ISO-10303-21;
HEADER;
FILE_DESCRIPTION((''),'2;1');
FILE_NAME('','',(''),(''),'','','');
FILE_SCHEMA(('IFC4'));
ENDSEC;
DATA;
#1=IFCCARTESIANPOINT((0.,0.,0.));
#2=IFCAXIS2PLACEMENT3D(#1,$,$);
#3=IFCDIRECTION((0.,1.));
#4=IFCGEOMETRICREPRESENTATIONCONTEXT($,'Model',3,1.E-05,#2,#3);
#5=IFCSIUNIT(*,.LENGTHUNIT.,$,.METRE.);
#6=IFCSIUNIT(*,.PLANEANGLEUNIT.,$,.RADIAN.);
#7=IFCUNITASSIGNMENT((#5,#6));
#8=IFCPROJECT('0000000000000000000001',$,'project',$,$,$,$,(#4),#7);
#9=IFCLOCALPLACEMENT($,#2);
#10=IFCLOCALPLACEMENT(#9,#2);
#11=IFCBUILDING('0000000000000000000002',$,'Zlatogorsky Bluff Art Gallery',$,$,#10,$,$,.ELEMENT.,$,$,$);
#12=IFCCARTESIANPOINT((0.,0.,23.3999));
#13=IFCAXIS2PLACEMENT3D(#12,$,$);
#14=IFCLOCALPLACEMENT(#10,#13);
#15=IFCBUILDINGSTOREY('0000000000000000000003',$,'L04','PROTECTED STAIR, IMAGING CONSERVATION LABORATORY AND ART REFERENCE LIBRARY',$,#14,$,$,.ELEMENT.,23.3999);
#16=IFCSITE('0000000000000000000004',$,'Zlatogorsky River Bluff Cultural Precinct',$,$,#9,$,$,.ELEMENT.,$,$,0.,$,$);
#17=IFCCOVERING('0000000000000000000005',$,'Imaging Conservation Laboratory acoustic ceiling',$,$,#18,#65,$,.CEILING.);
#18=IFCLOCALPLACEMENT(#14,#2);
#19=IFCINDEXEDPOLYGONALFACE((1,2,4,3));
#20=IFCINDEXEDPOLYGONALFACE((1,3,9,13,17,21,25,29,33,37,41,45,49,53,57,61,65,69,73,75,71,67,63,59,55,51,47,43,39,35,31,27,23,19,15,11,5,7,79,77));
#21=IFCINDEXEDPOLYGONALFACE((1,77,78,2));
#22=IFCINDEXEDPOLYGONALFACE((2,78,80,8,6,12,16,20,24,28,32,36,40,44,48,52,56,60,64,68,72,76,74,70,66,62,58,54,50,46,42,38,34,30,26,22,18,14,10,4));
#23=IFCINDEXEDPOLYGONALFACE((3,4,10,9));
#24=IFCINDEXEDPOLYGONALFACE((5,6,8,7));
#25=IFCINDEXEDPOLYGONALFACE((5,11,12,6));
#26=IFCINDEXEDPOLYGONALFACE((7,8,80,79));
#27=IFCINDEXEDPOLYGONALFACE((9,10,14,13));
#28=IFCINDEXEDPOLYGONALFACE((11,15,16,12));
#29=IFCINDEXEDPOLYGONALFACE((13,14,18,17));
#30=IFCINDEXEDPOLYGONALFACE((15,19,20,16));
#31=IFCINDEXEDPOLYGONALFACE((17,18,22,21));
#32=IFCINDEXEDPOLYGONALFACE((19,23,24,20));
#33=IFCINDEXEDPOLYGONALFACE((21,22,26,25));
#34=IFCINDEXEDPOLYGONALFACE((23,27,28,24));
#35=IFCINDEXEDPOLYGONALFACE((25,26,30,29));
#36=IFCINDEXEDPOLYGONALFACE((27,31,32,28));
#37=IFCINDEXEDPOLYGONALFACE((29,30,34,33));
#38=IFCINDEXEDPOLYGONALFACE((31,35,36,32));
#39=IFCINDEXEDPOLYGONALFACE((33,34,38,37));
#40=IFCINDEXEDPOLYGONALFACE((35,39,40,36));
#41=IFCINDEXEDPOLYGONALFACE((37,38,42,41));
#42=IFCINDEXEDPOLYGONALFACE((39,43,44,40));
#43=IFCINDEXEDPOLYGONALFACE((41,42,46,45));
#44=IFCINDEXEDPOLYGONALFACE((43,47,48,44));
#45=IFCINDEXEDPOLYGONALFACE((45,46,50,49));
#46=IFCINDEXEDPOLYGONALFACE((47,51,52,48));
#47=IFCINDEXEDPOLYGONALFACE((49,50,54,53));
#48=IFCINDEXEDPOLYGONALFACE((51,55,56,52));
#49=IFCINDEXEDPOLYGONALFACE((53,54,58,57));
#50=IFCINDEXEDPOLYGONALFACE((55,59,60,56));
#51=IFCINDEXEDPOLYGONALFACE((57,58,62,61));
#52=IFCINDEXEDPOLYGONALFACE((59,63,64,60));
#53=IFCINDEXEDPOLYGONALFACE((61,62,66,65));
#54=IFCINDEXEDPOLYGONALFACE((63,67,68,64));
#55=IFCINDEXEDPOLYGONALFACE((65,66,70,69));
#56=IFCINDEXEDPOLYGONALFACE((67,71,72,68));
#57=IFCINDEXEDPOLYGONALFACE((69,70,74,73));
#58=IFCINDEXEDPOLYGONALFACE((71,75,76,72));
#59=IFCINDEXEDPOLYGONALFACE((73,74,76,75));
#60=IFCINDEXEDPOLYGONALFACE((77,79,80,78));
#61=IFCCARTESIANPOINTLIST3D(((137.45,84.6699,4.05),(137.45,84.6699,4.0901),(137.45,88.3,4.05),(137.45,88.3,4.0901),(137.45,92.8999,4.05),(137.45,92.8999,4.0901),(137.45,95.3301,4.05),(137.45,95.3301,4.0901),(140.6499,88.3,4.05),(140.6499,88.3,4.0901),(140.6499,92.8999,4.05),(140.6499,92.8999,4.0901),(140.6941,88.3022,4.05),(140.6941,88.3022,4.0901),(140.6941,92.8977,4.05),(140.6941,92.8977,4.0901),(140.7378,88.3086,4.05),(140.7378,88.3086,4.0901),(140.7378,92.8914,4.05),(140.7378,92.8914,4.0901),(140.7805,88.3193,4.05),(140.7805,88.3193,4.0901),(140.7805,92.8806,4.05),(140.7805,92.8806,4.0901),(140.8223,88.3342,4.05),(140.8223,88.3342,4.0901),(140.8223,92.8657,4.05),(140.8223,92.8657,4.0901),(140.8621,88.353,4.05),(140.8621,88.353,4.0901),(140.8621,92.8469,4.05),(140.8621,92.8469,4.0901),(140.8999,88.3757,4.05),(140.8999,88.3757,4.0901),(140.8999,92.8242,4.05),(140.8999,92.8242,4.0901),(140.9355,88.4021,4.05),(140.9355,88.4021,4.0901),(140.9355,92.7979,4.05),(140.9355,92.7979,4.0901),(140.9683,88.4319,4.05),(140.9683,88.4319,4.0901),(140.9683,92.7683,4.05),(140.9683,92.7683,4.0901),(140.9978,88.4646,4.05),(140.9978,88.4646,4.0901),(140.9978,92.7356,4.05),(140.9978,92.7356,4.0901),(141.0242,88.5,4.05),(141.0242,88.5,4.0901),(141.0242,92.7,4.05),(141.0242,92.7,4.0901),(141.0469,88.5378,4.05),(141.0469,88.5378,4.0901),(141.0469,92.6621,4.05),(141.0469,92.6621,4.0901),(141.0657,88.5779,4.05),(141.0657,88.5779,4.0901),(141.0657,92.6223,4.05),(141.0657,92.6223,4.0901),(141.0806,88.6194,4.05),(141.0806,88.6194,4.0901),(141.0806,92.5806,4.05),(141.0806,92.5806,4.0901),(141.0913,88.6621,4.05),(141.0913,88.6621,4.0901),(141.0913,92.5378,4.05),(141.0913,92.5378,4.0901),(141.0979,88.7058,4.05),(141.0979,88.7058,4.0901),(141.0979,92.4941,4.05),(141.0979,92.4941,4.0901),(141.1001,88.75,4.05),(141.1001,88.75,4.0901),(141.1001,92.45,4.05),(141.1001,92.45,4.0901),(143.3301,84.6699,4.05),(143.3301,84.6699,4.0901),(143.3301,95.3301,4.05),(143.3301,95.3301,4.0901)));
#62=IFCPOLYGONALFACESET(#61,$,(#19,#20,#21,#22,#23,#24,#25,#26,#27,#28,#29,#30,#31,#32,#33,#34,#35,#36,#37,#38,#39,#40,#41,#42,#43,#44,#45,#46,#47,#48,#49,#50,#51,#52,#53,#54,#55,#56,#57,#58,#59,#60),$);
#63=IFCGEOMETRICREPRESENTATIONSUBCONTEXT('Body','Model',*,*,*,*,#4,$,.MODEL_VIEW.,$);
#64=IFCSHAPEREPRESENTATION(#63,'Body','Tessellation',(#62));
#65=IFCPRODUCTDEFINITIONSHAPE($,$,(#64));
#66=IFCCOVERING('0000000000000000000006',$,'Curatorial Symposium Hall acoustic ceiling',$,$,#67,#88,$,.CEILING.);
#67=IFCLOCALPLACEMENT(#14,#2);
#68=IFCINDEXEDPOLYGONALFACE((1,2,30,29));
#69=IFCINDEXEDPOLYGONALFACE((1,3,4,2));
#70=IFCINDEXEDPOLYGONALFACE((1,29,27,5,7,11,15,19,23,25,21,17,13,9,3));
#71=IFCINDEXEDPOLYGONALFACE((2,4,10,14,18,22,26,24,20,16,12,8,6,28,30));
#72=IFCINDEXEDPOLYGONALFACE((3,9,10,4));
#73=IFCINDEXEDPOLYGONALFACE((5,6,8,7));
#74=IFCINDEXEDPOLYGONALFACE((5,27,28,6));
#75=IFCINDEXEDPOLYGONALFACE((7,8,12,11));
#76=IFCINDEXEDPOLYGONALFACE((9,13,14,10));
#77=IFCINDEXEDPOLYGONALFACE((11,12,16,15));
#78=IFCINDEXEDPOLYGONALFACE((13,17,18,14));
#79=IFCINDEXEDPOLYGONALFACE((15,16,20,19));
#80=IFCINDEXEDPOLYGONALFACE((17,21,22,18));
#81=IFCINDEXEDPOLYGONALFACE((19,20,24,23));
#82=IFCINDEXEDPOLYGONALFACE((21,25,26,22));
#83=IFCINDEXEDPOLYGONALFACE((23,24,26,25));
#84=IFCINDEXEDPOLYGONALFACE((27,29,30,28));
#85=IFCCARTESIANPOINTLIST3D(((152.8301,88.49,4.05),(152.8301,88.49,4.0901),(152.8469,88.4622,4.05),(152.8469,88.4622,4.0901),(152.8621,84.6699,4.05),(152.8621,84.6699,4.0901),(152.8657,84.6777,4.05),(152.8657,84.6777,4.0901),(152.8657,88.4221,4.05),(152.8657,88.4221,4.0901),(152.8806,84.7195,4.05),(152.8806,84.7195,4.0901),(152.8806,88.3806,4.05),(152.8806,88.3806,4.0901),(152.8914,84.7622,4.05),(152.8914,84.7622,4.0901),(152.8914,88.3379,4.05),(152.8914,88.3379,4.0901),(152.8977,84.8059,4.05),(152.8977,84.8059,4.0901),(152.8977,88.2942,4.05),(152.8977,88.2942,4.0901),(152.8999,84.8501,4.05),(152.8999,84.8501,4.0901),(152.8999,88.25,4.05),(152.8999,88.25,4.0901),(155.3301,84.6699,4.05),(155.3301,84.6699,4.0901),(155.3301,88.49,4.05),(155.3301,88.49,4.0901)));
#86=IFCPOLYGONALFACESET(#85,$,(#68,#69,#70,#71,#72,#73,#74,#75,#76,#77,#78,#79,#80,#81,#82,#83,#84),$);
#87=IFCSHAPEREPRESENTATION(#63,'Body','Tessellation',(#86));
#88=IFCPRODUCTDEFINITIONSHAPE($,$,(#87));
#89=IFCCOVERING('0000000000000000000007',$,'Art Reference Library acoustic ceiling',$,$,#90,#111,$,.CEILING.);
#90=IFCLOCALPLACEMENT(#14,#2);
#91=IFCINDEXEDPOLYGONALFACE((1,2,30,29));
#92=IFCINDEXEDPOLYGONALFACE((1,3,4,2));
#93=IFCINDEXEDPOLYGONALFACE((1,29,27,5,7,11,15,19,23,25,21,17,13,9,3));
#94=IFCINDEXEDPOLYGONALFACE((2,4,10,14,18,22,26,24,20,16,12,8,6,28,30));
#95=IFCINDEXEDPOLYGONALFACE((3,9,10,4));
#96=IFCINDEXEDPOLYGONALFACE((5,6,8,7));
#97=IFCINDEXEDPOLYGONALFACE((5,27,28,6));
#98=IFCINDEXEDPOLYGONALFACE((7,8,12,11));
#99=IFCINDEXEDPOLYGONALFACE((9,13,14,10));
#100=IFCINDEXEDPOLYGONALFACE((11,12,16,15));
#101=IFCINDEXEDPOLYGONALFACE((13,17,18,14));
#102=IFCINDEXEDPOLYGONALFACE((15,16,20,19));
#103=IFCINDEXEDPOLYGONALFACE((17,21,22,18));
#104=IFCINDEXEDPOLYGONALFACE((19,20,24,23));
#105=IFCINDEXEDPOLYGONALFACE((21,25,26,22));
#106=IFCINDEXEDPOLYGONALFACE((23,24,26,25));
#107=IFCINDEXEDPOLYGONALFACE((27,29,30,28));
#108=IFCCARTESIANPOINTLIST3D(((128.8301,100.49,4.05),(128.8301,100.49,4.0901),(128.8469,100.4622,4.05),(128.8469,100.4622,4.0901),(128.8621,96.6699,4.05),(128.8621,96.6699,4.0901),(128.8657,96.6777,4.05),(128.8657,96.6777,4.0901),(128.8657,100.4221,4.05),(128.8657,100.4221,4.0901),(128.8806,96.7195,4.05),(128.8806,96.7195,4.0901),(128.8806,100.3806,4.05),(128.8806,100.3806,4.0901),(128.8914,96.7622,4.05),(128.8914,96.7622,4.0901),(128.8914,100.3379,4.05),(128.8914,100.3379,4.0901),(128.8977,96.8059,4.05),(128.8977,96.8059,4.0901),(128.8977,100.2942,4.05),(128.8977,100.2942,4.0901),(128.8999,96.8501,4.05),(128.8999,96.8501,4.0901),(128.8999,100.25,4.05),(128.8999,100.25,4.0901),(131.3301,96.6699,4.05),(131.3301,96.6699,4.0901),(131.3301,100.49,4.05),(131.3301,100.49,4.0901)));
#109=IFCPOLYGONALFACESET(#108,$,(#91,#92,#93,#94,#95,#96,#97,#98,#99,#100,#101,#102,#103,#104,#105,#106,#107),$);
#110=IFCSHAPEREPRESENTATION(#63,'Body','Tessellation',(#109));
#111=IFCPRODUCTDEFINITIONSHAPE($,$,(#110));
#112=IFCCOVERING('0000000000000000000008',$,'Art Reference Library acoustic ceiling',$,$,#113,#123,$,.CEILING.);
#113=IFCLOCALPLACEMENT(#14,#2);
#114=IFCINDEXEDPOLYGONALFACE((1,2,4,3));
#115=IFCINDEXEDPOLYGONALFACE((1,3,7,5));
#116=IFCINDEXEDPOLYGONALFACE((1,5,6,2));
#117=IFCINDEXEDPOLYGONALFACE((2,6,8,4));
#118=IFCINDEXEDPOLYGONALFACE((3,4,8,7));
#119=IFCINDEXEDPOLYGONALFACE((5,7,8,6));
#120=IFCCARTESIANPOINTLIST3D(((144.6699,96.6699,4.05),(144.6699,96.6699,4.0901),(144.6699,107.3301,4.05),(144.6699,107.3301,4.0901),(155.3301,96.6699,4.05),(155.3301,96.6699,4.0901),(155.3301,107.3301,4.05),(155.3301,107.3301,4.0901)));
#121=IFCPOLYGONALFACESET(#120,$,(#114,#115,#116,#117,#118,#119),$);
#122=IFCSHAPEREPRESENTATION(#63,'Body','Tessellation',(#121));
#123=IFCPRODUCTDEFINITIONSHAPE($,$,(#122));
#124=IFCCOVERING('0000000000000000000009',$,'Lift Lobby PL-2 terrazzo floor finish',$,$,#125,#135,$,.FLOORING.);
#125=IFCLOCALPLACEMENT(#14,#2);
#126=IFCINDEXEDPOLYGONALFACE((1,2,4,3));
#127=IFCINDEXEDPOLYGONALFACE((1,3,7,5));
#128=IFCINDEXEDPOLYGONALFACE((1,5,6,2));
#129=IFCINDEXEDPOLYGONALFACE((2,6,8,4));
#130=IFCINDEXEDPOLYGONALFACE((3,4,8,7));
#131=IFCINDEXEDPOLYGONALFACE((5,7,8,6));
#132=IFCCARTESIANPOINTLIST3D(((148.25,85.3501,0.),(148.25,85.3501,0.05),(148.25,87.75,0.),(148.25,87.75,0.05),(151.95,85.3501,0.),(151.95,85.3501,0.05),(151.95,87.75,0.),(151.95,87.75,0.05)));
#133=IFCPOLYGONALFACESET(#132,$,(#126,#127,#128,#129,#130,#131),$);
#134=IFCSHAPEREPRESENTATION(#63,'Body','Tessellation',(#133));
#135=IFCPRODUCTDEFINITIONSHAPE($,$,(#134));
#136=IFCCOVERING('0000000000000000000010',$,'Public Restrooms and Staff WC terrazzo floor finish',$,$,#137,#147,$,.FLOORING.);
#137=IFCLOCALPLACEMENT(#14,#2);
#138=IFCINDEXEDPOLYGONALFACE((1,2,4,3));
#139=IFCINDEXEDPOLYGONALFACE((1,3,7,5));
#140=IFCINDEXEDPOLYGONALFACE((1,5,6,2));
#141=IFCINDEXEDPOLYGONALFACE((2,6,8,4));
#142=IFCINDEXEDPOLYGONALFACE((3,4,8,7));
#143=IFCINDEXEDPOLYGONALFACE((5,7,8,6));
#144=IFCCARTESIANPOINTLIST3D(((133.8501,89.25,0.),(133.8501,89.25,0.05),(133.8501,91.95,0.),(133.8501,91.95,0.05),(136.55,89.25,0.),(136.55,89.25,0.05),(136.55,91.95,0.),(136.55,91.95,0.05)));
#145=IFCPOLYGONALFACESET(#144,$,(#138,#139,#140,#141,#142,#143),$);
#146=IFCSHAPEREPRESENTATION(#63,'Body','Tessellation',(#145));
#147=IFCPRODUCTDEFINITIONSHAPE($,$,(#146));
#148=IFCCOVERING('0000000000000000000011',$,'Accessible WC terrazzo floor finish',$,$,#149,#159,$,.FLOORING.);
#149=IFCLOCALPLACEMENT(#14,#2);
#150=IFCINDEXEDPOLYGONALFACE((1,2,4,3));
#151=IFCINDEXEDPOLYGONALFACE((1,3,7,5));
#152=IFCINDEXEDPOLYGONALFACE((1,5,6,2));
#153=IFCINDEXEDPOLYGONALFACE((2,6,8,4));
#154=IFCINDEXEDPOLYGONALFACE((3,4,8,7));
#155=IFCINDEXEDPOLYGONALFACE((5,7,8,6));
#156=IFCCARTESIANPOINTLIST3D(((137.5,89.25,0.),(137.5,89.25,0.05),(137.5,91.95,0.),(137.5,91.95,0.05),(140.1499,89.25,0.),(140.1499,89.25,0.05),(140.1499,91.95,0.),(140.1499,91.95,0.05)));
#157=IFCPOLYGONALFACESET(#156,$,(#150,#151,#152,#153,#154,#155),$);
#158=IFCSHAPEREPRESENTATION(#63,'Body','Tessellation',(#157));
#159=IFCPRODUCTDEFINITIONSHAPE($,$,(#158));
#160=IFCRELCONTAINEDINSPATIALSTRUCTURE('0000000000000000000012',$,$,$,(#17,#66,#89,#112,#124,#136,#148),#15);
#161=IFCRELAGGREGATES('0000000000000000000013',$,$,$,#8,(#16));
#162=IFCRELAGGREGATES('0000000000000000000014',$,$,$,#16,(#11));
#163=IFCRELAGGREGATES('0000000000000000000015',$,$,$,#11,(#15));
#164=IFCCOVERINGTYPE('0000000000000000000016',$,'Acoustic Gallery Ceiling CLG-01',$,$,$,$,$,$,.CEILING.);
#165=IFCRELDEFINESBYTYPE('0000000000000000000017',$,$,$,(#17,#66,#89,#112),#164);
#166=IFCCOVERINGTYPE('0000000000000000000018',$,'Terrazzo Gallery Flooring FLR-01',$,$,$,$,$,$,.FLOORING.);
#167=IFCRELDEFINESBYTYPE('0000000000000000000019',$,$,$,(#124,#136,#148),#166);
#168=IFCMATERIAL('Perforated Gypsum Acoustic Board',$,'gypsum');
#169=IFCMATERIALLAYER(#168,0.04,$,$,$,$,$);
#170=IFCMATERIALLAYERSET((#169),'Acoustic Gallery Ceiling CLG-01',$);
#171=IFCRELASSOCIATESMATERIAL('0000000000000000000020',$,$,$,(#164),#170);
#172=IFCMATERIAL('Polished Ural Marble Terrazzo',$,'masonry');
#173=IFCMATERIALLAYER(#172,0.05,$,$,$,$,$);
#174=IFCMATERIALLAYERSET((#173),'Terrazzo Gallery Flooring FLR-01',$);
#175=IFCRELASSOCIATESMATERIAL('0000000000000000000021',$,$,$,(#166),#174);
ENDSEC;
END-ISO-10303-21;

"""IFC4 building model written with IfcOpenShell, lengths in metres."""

from ifc_helpers import new_model, si_unit, direction, frame, origin, place, context, subcontext, project, spatial, polyline, outline, extrude, material, layer, layer_set, type_object, element, save


model = new_model("IFC4")

# Units and contexts
model_context = context("Model", 3, precision=1e-05, world=origin(), true_north=direction((0.0, 1.0)))
body_context = subcontext(model_context, "Body", "Model", "MODEL_VIEW")
ifc_project = project(units=[si_unit("LENGTHUNIT", "METRE"), si_unit("PLANEANGLEUNIT", "RADIAN")], contexts=[model_context])

# Site, building, storey
site_placement = place(None, origin())
site = spatial("IfcSite", under=ifc_project, at=site_placement, Name="Zlatogorsky River Bluff Cultural Precinct", CompositionType="ELEMENT", RefElevation=0.0)
building_placement = place(site_placement, origin())
building = spatial("IfcBuilding", under=site, at=building_placement, Name="Zlatogorsky Bluff Art Gallery", CompositionType="ELEMENT")
storey_placement = place(building_placement, frame((0.0, 0.0, 23.3999)))
storey = spatial("IfcBuildingStorey", under=building, at=storey_placement, Name="L04", Description="PROTECTED STAIR, IMAGING CONSERVATION LABORATORY AND ART REFERENCE LIBRARY", CompositionType="ELEMENT", Elevation=23.3999)

# Coverings
ifc_material_1 = material(Name="Perforated Gypsum Acoustic Board", Category="gypsum")
ifc_layer_1 = layer(ifc_material_1, 0.04)
ifc_layer_set_1 = layer_set([ifc_layer_1], Name="Acoustic Gallery Ceiling CLG-01")
covering_type_1 = type_object("IfcCoveringType", Name="Acoustic Gallery Ceiling CLG-01", PredefinedType="CEILING", material=ifc_layer_set_1)
covering_1_placement = place(storey_placement, frame((0.0, 0.0, 4.05)))
element("IfcCovering", 1, at=covering_1_placement, inside=storey, type_object=covering_type_1, Name="Imaging Conservation Laboratory acoustic ceiling", PredefinedType="CEILING", context=body_context, shape_type="SweptSolid", body=[
    extrude(outline(polyline([(140.6499, 88.3), (140.6941, 88.3022), (140.7378, 88.3086), (140.7805, 88.3193), (140.8223, 88.3342), (140.8621, 88.353), (140.8999, 88.3757), (140.9355, 88.4021), (140.9683, 88.4319), (140.9978, 88.4646), (141.0242, 88.5), (141.0469, 88.5378), (141.0657, 88.5779), (141.0806, 88.6194), (141.0913, 88.6621), (141.0979, 88.7058), (141.1001, 88.75), (141.1001, 92.45), (141.0979, 92.4941), (141.0913, 92.5378), (141.0806, 92.5806), (141.0657, 92.6223), (141.0469, 92.6621), (141.0242, 92.7), (140.9978, 92.7356), (140.9683, 92.7683), (140.9355, 92.7979), (140.8999, 92.8242), (140.8621, 92.8469), (140.8223, 92.8657), (140.7805, 92.8806), (140.7378, 92.8914), (140.6941, 92.8977), (140.6499, 92.8999), (137.45, 92.8999), (137.45, 95.3301), (143.3301, 95.3301), (143.3301, 84.6699), (137.45, 84.6699), (137.45, 88.3), (140.6499, 88.3)])), origin(), (0.0, 0.0, 1.0), 0.04),
])
covering_2_placement = place(storey_placement, frame((0.0, 0.0, 4.05)))
element("IfcCovering", 2, at=covering_2_placement, inside=storey, type_object=covering_type_1, Name="Curatorial Symposium Hall acoustic ceiling", PredefinedType="CEILING", context=body_context, shape_type="SweptSolid", body=[
    extrude(outline(polyline([(155.3301, 88.49), (155.3301, 84.6699), (152.8621, 84.6699), (152.8657, 84.6777), (152.8806, 84.7195), (152.8914, 84.7622), (152.8977, 84.8059), (152.8999, 84.8501), (152.8999, 88.25), (152.8977, 88.2942), (152.8914, 88.3379), (152.8806, 88.3806), (152.8657, 88.4221), (152.8469, 88.4622), (152.8301, 88.49), (155.3301, 88.49)])), origin(), (0.0, 0.0, 1.0), 0.04),
])
covering_3_placement = place(storey_placement, frame((0.0, 0.0, 4.05)))
element("IfcCovering", 3, at=covering_3_placement, inside=storey, type_object=covering_type_1, Name="Art Reference Library acoustic ceiling", PredefinedType="CEILING", context=body_context, shape_type="SweptSolid", body=[
    extrude(outline(polyline([(131.3301, 100.49), (131.3301, 96.6699), (128.8621, 96.6699), (128.8657, 96.6777), (128.8806, 96.7195), (128.8914, 96.7622), (128.8977, 96.8059), (128.8999, 96.8501), (128.8999, 100.25), (128.8977, 100.2942), (128.8914, 100.3379), (128.8806, 100.3806), (128.8657, 100.4221), (128.8469, 100.4622), (128.8301, 100.49), (131.3301, 100.49)])), origin(), (0.0, 0.0, 1.0), 0.04),
])
covering_4_placement = place(storey_placement, frame((0.0, 0.0, 4.05)))
element("IfcCovering", 4, at=covering_4_placement, inside=storey, type_object=covering_type_1, Name="Art Reference Library acoustic ceiling", PredefinedType="CEILING", context=body_context, shape_type="SweptSolid", body=[
    extrude(outline(polyline([(155.3301, 107.3301), (155.3301, 96.6699), (144.6699, 96.6699), (144.6699, 107.3301), (155.3301, 107.3301)])), origin(), (0.0, 0.0, 1.0), 0.04),
])
ifc_material_2 = material(Name="Polished Ural Marble Terrazzo", Category="masonry")
ifc_layer_2 = layer(ifc_material_2, 0.05)
ifc_layer_set_2 = layer_set([ifc_layer_2], Name="Terrazzo Gallery Flooring FLR-01")
covering_type_2 = type_object("IfcCoveringType", Name="Terrazzo Gallery Flooring FLR-01", PredefinedType="FLOORING", material=ifc_layer_set_2)
covering_5_placement = place(storey_placement, origin())
element("IfcCovering", 5, at=covering_5_placement, inside=storey, type_object=covering_type_2, Name="Lift Lobby PL-2 terrazzo floor finish", PredefinedType="FLOORING", context=body_context, shape_type="SweptSolid", body=[
    extrude(outline(polyline([(151.95, 87.75), (151.95, 85.3501), (148.25, 85.3501), (148.25, 87.75), (151.95, 87.75)])), origin(), (0.0, 0.0, 1.0), 0.05),
])
covering_6_placement = place(storey_placement, origin())
element("IfcCovering", 6, at=covering_6_placement, inside=storey, type_object=covering_type_2, Name="Public Restrooms and Staff WC terrazzo floor finish", PredefinedType="FLOORING", context=body_context, shape_type="SweptSolid", body=[
    extrude(outline(polyline([(136.55, 91.95), (136.55, 89.25), (133.8501, 89.25), (133.8501, 91.95), (136.55, 91.95)])), origin(), (0.0, 0.0, 1.0), 0.05),
])
covering_7_placement = place(storey_placement, origin())
element("IfcCovering", 7, at=covering_7_placement, inside=storey, type_object=covering_type_2, Name="Accessible WC terrazzo floor finish", PredefinedType="FLOORING", context=body_context, shape_type="SweptSolid", body=[
    extrude(outline(polyline([(140.1499, 89.25), (137.5, 89.25), (137.5, 91.95), (140.1499, 91.95), (140.1499, 89.25)])), origin(), (0.0, 0.0, 1.0), 0.05),
])

save(model, "model.ifc")
